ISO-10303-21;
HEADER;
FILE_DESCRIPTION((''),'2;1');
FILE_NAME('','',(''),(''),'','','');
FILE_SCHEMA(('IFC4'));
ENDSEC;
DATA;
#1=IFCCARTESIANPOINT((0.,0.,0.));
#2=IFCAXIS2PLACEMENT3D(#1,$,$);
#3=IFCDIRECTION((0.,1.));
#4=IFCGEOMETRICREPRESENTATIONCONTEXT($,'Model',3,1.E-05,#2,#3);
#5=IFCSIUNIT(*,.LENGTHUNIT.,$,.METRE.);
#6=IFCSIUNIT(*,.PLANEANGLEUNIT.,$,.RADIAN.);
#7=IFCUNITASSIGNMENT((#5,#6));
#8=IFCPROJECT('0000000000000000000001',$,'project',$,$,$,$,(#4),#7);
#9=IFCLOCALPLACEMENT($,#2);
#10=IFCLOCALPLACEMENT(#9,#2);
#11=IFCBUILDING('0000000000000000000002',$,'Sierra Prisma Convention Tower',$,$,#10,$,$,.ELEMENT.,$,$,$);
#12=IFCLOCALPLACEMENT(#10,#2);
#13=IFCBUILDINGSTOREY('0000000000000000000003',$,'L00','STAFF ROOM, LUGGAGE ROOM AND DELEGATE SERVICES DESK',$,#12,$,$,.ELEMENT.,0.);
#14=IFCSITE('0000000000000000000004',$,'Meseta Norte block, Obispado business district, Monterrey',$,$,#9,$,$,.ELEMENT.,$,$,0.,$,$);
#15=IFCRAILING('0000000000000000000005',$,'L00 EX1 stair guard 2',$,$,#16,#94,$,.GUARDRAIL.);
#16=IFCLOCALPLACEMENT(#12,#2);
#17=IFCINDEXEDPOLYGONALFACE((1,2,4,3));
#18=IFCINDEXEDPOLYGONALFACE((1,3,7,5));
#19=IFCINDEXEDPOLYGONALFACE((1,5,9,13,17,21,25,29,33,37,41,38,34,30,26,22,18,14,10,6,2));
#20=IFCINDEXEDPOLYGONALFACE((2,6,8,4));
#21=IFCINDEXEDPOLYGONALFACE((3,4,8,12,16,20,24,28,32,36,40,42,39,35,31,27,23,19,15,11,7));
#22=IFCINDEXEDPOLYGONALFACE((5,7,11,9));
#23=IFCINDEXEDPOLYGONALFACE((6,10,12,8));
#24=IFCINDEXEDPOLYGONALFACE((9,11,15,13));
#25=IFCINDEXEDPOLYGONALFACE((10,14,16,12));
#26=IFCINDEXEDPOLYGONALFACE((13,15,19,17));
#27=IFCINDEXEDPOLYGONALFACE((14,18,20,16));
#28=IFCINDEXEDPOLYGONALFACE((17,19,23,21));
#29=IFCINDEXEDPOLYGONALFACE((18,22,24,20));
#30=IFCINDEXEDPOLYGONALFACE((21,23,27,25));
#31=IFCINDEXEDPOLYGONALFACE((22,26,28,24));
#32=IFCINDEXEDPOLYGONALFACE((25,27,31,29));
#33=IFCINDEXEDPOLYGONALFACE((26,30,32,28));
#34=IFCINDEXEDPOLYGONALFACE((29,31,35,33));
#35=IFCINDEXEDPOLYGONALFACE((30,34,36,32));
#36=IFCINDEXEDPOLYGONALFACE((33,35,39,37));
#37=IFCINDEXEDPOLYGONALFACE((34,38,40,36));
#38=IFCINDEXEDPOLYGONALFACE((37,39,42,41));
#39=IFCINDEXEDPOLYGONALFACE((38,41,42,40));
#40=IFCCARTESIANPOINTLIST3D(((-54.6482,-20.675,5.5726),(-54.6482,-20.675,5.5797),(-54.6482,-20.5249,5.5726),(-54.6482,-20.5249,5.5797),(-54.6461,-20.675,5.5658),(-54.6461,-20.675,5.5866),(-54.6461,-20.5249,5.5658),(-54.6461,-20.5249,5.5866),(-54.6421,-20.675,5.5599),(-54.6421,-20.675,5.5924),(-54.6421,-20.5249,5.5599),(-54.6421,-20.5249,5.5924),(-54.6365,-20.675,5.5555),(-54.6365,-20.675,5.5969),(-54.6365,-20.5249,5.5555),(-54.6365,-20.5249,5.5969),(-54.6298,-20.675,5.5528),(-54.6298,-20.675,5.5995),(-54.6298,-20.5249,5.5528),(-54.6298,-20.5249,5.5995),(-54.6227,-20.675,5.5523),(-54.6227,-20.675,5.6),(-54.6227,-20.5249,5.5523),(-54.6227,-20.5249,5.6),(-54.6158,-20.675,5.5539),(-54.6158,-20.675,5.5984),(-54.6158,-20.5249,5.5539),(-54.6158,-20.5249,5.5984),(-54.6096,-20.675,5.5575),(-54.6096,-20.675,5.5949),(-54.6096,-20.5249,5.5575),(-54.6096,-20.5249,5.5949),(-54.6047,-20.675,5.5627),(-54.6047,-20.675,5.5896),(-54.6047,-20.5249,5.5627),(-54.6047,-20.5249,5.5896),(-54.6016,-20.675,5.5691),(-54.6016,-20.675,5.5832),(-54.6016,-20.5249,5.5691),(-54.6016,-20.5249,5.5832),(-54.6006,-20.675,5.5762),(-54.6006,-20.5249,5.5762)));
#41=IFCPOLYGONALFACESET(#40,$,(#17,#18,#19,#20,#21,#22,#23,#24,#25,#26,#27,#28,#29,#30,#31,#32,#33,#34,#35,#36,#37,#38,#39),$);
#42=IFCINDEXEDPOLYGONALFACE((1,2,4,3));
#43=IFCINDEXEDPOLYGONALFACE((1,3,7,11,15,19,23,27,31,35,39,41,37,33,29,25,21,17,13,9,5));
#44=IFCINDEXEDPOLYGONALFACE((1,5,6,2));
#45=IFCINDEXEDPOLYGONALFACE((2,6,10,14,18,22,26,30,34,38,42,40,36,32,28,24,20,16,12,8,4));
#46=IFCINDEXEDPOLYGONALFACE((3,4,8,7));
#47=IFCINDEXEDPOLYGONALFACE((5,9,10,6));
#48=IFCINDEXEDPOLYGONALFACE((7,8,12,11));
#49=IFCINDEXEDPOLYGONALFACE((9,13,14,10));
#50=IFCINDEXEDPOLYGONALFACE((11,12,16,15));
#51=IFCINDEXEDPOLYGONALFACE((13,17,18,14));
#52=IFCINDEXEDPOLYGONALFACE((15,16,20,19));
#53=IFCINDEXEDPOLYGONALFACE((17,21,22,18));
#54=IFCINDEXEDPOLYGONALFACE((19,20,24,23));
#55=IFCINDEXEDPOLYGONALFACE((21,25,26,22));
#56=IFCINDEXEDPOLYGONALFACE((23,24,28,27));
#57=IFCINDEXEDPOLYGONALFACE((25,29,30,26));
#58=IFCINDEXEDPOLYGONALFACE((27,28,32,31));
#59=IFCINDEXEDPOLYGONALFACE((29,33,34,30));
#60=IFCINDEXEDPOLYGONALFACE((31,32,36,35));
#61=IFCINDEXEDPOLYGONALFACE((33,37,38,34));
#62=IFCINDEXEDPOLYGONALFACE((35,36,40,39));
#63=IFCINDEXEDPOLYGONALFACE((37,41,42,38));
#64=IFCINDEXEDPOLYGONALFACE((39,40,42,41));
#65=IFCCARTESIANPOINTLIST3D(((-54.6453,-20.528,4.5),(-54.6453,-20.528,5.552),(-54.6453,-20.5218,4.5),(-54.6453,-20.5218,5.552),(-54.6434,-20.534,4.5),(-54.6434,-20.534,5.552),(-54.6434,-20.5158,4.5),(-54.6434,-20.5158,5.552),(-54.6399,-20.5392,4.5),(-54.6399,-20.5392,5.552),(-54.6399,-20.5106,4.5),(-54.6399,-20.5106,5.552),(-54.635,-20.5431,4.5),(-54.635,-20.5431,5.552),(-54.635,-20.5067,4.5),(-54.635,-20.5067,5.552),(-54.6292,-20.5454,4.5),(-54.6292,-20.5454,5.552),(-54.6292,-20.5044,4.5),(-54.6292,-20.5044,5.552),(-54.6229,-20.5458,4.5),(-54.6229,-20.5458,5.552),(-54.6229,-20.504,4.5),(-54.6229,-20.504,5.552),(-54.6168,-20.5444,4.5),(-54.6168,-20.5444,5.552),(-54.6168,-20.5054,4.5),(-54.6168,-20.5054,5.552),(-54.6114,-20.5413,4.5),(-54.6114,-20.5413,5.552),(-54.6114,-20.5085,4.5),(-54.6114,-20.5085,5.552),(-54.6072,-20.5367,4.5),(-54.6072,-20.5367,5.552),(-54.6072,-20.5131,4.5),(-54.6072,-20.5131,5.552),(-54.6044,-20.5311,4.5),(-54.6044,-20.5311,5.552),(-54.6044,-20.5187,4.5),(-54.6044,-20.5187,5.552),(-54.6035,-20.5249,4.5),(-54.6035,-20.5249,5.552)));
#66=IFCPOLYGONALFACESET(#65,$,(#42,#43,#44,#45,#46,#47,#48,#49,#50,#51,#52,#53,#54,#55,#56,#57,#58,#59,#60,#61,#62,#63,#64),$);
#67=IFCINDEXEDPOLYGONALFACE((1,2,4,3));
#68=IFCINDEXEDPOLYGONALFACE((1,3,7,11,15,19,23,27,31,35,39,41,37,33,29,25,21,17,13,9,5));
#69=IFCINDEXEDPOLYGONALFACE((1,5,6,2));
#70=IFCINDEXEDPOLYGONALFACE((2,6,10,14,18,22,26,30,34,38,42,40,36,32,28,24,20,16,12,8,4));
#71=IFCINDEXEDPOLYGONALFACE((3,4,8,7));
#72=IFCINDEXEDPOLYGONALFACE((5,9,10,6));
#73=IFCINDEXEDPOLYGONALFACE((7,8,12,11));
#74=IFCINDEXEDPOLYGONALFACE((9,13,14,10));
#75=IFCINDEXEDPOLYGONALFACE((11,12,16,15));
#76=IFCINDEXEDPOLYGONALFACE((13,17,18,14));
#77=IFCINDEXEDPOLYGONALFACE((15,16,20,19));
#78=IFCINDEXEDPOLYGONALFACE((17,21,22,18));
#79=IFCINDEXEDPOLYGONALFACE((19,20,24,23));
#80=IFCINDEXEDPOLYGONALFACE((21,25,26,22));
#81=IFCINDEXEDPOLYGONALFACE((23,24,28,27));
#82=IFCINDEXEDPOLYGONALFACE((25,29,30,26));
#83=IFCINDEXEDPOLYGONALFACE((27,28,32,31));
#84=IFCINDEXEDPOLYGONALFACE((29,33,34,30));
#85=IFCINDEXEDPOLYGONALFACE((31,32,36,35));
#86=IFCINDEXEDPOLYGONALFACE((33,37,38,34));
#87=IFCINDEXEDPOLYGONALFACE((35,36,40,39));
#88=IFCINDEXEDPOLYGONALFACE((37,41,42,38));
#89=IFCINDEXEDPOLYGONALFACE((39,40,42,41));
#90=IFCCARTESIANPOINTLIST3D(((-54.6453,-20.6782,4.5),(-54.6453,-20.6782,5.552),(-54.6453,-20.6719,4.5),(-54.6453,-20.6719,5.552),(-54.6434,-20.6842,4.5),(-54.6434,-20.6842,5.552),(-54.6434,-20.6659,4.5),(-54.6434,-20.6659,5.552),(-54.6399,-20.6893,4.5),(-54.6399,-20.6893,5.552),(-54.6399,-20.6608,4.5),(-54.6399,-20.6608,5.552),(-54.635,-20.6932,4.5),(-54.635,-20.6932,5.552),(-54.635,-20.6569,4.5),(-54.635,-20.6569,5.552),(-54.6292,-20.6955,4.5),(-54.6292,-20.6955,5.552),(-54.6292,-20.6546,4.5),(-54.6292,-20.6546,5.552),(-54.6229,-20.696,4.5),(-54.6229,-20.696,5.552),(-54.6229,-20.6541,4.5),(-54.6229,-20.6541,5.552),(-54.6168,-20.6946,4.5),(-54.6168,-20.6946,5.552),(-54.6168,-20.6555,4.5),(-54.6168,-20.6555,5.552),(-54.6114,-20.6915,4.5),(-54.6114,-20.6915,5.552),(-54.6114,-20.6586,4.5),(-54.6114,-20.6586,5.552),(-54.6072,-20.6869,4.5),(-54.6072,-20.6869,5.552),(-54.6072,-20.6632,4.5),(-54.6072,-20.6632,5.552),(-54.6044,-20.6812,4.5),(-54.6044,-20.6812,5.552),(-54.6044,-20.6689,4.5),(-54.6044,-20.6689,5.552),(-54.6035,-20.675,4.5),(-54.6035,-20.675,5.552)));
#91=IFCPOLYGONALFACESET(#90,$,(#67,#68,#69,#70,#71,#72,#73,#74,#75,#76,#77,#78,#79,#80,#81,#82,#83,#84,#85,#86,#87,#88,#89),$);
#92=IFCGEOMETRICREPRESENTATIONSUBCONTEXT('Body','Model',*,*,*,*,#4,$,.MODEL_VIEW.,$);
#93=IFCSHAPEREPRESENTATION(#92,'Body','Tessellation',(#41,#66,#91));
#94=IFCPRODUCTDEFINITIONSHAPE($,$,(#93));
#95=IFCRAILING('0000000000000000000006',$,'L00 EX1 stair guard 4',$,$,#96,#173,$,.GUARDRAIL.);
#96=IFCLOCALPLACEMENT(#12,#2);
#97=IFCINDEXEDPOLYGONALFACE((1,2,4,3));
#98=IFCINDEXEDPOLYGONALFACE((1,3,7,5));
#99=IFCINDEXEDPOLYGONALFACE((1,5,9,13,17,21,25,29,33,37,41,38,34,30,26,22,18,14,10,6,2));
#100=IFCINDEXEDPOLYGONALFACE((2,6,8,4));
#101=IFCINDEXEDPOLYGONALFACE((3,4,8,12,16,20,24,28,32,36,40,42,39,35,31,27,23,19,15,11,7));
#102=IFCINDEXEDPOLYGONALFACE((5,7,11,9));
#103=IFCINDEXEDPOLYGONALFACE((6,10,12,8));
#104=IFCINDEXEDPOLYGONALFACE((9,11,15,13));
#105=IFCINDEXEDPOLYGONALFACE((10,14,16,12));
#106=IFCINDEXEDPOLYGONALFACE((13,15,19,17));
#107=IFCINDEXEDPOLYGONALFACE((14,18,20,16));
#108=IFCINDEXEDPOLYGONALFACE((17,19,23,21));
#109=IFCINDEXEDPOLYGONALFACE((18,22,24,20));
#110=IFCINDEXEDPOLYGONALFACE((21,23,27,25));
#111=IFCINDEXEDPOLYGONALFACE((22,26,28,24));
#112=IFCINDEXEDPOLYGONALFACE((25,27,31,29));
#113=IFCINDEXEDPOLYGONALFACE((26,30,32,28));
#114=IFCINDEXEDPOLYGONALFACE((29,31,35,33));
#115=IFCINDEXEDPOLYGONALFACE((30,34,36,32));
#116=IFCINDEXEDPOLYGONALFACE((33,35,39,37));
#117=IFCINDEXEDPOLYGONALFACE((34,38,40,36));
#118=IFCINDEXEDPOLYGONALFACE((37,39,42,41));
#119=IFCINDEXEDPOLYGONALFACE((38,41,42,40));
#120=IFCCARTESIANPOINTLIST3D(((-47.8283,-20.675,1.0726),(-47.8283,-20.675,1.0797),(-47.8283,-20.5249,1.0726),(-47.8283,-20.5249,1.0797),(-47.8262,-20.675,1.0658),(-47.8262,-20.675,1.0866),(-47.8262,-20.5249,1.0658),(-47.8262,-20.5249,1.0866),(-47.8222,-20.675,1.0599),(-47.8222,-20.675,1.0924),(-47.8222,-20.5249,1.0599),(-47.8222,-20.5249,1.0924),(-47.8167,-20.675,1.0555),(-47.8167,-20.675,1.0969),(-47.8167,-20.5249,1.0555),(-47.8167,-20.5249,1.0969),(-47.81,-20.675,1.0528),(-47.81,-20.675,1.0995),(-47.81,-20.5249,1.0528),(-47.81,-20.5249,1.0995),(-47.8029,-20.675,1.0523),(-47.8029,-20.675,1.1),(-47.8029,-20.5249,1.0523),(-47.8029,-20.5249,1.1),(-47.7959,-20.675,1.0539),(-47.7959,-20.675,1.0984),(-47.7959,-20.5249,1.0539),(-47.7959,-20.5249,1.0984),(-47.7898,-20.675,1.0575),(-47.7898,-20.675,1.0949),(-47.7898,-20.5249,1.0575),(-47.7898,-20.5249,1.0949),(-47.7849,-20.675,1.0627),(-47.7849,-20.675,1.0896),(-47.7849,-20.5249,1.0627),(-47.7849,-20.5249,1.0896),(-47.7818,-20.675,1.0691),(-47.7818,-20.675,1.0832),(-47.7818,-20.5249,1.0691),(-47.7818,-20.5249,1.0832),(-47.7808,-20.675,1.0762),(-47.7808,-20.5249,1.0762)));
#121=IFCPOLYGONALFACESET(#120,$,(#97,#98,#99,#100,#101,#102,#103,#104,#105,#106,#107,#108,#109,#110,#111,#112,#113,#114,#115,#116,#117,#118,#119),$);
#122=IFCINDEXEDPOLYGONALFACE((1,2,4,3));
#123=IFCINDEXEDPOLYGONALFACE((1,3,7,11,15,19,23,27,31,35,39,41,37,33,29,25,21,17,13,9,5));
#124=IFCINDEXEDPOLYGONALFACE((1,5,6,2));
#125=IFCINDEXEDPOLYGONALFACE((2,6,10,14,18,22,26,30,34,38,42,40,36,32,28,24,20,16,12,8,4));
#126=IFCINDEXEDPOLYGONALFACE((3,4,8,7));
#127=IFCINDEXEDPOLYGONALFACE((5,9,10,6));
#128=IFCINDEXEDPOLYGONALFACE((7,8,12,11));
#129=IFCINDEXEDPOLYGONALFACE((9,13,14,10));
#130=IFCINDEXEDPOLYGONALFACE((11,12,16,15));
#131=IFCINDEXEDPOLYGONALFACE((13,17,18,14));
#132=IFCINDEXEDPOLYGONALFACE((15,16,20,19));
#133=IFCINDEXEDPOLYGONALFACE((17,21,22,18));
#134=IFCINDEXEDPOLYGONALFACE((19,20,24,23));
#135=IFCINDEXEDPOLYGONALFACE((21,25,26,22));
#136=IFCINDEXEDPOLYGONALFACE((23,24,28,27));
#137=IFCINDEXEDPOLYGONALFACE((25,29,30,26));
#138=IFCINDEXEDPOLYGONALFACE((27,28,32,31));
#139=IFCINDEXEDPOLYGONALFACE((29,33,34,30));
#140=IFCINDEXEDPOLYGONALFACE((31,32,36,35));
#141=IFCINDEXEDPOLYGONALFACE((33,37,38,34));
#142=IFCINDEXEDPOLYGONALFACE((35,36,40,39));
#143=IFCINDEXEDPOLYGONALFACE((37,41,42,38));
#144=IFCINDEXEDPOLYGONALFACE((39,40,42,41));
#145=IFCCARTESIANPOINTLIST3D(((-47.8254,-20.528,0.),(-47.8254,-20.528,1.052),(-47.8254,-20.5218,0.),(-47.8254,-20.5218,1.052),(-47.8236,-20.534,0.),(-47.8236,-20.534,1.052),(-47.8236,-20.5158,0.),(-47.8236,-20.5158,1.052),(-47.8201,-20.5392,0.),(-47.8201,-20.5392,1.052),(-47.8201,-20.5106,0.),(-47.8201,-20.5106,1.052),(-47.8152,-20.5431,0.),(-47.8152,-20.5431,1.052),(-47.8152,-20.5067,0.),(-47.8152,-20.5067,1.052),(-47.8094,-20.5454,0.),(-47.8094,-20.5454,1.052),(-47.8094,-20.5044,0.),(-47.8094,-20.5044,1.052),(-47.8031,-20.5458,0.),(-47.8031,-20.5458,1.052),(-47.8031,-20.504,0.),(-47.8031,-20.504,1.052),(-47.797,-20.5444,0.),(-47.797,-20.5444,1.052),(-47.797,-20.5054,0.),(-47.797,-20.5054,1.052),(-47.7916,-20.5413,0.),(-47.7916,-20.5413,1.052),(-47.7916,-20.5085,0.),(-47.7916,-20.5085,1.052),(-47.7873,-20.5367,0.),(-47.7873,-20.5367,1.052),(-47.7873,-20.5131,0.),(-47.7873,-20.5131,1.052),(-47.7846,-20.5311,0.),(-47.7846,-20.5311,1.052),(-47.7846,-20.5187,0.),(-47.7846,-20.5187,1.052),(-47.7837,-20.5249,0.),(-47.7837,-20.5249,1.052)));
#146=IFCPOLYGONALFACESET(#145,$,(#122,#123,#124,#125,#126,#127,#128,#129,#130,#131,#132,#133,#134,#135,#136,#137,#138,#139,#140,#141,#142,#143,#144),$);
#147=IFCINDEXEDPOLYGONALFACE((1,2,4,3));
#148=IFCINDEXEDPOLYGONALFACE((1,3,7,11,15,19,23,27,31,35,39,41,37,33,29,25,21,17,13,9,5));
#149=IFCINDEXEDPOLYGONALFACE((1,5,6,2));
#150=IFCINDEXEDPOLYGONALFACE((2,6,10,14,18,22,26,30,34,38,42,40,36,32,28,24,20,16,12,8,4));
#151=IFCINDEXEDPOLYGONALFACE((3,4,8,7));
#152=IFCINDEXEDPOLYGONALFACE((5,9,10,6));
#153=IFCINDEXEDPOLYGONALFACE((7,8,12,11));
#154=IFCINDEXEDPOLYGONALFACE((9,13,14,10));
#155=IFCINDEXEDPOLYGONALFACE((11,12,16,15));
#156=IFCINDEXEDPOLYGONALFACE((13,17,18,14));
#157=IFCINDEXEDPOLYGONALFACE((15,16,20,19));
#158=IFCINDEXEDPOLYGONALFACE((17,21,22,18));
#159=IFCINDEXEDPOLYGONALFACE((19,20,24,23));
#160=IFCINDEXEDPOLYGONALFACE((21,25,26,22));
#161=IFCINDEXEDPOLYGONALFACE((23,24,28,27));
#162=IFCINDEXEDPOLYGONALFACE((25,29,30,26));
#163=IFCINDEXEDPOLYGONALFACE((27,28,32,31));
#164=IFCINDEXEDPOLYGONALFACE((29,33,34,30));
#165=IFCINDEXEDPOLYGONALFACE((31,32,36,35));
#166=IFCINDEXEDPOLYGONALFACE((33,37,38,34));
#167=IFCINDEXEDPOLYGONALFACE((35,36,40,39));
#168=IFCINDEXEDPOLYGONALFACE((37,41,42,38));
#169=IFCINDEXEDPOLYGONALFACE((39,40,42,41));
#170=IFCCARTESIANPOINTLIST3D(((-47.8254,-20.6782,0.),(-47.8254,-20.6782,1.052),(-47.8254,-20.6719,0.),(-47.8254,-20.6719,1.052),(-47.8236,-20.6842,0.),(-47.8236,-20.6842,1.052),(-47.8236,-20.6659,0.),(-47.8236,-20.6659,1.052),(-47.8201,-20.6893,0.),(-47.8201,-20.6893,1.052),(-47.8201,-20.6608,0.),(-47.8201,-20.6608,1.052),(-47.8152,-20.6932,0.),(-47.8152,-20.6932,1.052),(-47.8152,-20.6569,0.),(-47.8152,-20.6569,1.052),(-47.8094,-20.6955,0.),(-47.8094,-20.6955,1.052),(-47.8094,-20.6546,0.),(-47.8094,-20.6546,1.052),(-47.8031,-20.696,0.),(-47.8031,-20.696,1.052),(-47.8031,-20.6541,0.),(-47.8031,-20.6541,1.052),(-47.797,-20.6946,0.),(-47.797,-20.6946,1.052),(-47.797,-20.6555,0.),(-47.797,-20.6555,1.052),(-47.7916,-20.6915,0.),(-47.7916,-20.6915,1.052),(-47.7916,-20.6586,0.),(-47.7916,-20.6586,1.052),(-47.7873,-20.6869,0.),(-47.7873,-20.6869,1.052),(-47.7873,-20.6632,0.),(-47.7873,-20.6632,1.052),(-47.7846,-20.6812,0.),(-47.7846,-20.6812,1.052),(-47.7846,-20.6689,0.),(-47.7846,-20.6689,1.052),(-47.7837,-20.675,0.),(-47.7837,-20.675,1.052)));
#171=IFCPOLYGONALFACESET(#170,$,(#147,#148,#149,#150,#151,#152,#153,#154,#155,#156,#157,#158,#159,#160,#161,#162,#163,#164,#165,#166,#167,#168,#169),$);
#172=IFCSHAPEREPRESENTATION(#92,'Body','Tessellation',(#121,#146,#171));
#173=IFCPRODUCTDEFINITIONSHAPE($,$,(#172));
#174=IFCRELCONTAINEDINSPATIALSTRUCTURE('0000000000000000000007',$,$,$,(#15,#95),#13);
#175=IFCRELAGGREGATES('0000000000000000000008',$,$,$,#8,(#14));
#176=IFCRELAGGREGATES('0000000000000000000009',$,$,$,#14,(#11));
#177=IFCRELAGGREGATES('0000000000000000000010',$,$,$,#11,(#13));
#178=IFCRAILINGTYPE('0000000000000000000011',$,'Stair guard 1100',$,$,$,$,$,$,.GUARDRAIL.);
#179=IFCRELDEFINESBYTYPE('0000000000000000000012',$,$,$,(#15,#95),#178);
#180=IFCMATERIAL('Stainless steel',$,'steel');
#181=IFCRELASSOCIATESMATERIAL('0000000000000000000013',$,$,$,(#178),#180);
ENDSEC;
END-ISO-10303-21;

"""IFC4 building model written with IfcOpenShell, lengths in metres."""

from ifc_helpers import new_model, si_unit, direction, frame, origin, origin_2d, place, context, subcontext, project, spatial, circle, extrude, material, type_object, element, save


model = new_model("IFC4")

# Units and contexts
model_context = context("Model", 3, precision=1e-05, world=origin(), true_north=direction((0.0, 1.0)))
body_context = subcontext(model_context, "Body", "Model", "MODEL_VIEW")
ifc_project = project(units=[si_unit("LENGTHUNIT", "METRE"), si_unit("PLANEANGLEUNIT", "RADIAN")], contexts=[model_context])

# Site, building, storey
site_placement = place(None, origin())
site = spatial("IfcSite", under=ifc_project, at=site_placement, Name="Meseta Norte block, Obispado business district, Monterrey", CompositionType="ELEMENT", RefElevation=0.0)
building_placement = place(site_placement, origin())
building = spatial("IfcBuilding", under=site, at=building_placement, Name="Sierra Prisma Convention Tower", CompositionType="ELEMENT")
storey_placement = place(building_placement, origin())
storey = spatial("IfcBuildingStorey", under=building, at=storey_placement, Name="L00", Description="STAFF ROOM, LUGGAGE ROOM AND DELEGATE SERVICES DESK", CompositionType="ELEMENT", Elevation=0.0)

# Railings
ifc_material_1 = material(Name="Stainless steel", Category="steel")
railing_type_1 = type_object("IfcRailingType", Name="Stair guard 1100", PredefinedType="GUARDRAIL", material=ifc_material_1)
railing_1_placement = place(storey_placement, frame((-54.6245, -20.5249, 4.5)))
element("IfcRailing", 1, at=railing_1_placement, inside=storey, type_object=railing_type_1, Name="L00 EX1 stair guard 2", PredefinedType="GUARDRAIL", context=body_context, shape_type="SweptSolid", body=[
    extrude(circle(Radius=0.0239, at=origin_2d()), frame((0.0, 0.0, 1.0762), z_axis=(0.0, -1.0, 0.0), x_axis=(1.0, 0.0, 0.0)), (0.0, 0.0, 1.0), 0.1501),
    extrude(circle(Radius=0.021, at=origin_2d()), origin(), (0.0, 0.0, 1.0), 1.052),
    extrude(circle(Radius=0.021, at=origin_2d()), frame((0.0, -0.1501, 0.0)), (0.0, 0.0, 1.0), 1.052),
])
railing_2_placement = place(storey_placement, frame((-47.8047, -20.5249, 0.0)))
element("IfcRailing", 2, at=railing_2_placement, inside=storey, type_object=railing_type_1, Name="L00 EX1 stair guard 4", PredefinedType="GUARDRAIL", context=body_context, shape_type="SweptSolid", body=[
    extrude(circle(Radius=0.0239, at=origin_2d()), frame((0.0, 0.0, 1.0762), z_axis=(0.0, -1.0, 0.0), x_axis=(1.0, 0.0, 0.0)), (0.0, 0.0, 1.0), 0.1501),
    extrude(circle(Radius=0.021, at=origin_2d()), origin(), (0.0, 0.0, 1.0), 1.052),
    extrude(circle(Radius=0.021, at=origin_2d()), frame((0.0, -0.1501, 0.0)), (0.0, 0.0, 1.0), 1.052),
])

save(model, "model.ifc")
